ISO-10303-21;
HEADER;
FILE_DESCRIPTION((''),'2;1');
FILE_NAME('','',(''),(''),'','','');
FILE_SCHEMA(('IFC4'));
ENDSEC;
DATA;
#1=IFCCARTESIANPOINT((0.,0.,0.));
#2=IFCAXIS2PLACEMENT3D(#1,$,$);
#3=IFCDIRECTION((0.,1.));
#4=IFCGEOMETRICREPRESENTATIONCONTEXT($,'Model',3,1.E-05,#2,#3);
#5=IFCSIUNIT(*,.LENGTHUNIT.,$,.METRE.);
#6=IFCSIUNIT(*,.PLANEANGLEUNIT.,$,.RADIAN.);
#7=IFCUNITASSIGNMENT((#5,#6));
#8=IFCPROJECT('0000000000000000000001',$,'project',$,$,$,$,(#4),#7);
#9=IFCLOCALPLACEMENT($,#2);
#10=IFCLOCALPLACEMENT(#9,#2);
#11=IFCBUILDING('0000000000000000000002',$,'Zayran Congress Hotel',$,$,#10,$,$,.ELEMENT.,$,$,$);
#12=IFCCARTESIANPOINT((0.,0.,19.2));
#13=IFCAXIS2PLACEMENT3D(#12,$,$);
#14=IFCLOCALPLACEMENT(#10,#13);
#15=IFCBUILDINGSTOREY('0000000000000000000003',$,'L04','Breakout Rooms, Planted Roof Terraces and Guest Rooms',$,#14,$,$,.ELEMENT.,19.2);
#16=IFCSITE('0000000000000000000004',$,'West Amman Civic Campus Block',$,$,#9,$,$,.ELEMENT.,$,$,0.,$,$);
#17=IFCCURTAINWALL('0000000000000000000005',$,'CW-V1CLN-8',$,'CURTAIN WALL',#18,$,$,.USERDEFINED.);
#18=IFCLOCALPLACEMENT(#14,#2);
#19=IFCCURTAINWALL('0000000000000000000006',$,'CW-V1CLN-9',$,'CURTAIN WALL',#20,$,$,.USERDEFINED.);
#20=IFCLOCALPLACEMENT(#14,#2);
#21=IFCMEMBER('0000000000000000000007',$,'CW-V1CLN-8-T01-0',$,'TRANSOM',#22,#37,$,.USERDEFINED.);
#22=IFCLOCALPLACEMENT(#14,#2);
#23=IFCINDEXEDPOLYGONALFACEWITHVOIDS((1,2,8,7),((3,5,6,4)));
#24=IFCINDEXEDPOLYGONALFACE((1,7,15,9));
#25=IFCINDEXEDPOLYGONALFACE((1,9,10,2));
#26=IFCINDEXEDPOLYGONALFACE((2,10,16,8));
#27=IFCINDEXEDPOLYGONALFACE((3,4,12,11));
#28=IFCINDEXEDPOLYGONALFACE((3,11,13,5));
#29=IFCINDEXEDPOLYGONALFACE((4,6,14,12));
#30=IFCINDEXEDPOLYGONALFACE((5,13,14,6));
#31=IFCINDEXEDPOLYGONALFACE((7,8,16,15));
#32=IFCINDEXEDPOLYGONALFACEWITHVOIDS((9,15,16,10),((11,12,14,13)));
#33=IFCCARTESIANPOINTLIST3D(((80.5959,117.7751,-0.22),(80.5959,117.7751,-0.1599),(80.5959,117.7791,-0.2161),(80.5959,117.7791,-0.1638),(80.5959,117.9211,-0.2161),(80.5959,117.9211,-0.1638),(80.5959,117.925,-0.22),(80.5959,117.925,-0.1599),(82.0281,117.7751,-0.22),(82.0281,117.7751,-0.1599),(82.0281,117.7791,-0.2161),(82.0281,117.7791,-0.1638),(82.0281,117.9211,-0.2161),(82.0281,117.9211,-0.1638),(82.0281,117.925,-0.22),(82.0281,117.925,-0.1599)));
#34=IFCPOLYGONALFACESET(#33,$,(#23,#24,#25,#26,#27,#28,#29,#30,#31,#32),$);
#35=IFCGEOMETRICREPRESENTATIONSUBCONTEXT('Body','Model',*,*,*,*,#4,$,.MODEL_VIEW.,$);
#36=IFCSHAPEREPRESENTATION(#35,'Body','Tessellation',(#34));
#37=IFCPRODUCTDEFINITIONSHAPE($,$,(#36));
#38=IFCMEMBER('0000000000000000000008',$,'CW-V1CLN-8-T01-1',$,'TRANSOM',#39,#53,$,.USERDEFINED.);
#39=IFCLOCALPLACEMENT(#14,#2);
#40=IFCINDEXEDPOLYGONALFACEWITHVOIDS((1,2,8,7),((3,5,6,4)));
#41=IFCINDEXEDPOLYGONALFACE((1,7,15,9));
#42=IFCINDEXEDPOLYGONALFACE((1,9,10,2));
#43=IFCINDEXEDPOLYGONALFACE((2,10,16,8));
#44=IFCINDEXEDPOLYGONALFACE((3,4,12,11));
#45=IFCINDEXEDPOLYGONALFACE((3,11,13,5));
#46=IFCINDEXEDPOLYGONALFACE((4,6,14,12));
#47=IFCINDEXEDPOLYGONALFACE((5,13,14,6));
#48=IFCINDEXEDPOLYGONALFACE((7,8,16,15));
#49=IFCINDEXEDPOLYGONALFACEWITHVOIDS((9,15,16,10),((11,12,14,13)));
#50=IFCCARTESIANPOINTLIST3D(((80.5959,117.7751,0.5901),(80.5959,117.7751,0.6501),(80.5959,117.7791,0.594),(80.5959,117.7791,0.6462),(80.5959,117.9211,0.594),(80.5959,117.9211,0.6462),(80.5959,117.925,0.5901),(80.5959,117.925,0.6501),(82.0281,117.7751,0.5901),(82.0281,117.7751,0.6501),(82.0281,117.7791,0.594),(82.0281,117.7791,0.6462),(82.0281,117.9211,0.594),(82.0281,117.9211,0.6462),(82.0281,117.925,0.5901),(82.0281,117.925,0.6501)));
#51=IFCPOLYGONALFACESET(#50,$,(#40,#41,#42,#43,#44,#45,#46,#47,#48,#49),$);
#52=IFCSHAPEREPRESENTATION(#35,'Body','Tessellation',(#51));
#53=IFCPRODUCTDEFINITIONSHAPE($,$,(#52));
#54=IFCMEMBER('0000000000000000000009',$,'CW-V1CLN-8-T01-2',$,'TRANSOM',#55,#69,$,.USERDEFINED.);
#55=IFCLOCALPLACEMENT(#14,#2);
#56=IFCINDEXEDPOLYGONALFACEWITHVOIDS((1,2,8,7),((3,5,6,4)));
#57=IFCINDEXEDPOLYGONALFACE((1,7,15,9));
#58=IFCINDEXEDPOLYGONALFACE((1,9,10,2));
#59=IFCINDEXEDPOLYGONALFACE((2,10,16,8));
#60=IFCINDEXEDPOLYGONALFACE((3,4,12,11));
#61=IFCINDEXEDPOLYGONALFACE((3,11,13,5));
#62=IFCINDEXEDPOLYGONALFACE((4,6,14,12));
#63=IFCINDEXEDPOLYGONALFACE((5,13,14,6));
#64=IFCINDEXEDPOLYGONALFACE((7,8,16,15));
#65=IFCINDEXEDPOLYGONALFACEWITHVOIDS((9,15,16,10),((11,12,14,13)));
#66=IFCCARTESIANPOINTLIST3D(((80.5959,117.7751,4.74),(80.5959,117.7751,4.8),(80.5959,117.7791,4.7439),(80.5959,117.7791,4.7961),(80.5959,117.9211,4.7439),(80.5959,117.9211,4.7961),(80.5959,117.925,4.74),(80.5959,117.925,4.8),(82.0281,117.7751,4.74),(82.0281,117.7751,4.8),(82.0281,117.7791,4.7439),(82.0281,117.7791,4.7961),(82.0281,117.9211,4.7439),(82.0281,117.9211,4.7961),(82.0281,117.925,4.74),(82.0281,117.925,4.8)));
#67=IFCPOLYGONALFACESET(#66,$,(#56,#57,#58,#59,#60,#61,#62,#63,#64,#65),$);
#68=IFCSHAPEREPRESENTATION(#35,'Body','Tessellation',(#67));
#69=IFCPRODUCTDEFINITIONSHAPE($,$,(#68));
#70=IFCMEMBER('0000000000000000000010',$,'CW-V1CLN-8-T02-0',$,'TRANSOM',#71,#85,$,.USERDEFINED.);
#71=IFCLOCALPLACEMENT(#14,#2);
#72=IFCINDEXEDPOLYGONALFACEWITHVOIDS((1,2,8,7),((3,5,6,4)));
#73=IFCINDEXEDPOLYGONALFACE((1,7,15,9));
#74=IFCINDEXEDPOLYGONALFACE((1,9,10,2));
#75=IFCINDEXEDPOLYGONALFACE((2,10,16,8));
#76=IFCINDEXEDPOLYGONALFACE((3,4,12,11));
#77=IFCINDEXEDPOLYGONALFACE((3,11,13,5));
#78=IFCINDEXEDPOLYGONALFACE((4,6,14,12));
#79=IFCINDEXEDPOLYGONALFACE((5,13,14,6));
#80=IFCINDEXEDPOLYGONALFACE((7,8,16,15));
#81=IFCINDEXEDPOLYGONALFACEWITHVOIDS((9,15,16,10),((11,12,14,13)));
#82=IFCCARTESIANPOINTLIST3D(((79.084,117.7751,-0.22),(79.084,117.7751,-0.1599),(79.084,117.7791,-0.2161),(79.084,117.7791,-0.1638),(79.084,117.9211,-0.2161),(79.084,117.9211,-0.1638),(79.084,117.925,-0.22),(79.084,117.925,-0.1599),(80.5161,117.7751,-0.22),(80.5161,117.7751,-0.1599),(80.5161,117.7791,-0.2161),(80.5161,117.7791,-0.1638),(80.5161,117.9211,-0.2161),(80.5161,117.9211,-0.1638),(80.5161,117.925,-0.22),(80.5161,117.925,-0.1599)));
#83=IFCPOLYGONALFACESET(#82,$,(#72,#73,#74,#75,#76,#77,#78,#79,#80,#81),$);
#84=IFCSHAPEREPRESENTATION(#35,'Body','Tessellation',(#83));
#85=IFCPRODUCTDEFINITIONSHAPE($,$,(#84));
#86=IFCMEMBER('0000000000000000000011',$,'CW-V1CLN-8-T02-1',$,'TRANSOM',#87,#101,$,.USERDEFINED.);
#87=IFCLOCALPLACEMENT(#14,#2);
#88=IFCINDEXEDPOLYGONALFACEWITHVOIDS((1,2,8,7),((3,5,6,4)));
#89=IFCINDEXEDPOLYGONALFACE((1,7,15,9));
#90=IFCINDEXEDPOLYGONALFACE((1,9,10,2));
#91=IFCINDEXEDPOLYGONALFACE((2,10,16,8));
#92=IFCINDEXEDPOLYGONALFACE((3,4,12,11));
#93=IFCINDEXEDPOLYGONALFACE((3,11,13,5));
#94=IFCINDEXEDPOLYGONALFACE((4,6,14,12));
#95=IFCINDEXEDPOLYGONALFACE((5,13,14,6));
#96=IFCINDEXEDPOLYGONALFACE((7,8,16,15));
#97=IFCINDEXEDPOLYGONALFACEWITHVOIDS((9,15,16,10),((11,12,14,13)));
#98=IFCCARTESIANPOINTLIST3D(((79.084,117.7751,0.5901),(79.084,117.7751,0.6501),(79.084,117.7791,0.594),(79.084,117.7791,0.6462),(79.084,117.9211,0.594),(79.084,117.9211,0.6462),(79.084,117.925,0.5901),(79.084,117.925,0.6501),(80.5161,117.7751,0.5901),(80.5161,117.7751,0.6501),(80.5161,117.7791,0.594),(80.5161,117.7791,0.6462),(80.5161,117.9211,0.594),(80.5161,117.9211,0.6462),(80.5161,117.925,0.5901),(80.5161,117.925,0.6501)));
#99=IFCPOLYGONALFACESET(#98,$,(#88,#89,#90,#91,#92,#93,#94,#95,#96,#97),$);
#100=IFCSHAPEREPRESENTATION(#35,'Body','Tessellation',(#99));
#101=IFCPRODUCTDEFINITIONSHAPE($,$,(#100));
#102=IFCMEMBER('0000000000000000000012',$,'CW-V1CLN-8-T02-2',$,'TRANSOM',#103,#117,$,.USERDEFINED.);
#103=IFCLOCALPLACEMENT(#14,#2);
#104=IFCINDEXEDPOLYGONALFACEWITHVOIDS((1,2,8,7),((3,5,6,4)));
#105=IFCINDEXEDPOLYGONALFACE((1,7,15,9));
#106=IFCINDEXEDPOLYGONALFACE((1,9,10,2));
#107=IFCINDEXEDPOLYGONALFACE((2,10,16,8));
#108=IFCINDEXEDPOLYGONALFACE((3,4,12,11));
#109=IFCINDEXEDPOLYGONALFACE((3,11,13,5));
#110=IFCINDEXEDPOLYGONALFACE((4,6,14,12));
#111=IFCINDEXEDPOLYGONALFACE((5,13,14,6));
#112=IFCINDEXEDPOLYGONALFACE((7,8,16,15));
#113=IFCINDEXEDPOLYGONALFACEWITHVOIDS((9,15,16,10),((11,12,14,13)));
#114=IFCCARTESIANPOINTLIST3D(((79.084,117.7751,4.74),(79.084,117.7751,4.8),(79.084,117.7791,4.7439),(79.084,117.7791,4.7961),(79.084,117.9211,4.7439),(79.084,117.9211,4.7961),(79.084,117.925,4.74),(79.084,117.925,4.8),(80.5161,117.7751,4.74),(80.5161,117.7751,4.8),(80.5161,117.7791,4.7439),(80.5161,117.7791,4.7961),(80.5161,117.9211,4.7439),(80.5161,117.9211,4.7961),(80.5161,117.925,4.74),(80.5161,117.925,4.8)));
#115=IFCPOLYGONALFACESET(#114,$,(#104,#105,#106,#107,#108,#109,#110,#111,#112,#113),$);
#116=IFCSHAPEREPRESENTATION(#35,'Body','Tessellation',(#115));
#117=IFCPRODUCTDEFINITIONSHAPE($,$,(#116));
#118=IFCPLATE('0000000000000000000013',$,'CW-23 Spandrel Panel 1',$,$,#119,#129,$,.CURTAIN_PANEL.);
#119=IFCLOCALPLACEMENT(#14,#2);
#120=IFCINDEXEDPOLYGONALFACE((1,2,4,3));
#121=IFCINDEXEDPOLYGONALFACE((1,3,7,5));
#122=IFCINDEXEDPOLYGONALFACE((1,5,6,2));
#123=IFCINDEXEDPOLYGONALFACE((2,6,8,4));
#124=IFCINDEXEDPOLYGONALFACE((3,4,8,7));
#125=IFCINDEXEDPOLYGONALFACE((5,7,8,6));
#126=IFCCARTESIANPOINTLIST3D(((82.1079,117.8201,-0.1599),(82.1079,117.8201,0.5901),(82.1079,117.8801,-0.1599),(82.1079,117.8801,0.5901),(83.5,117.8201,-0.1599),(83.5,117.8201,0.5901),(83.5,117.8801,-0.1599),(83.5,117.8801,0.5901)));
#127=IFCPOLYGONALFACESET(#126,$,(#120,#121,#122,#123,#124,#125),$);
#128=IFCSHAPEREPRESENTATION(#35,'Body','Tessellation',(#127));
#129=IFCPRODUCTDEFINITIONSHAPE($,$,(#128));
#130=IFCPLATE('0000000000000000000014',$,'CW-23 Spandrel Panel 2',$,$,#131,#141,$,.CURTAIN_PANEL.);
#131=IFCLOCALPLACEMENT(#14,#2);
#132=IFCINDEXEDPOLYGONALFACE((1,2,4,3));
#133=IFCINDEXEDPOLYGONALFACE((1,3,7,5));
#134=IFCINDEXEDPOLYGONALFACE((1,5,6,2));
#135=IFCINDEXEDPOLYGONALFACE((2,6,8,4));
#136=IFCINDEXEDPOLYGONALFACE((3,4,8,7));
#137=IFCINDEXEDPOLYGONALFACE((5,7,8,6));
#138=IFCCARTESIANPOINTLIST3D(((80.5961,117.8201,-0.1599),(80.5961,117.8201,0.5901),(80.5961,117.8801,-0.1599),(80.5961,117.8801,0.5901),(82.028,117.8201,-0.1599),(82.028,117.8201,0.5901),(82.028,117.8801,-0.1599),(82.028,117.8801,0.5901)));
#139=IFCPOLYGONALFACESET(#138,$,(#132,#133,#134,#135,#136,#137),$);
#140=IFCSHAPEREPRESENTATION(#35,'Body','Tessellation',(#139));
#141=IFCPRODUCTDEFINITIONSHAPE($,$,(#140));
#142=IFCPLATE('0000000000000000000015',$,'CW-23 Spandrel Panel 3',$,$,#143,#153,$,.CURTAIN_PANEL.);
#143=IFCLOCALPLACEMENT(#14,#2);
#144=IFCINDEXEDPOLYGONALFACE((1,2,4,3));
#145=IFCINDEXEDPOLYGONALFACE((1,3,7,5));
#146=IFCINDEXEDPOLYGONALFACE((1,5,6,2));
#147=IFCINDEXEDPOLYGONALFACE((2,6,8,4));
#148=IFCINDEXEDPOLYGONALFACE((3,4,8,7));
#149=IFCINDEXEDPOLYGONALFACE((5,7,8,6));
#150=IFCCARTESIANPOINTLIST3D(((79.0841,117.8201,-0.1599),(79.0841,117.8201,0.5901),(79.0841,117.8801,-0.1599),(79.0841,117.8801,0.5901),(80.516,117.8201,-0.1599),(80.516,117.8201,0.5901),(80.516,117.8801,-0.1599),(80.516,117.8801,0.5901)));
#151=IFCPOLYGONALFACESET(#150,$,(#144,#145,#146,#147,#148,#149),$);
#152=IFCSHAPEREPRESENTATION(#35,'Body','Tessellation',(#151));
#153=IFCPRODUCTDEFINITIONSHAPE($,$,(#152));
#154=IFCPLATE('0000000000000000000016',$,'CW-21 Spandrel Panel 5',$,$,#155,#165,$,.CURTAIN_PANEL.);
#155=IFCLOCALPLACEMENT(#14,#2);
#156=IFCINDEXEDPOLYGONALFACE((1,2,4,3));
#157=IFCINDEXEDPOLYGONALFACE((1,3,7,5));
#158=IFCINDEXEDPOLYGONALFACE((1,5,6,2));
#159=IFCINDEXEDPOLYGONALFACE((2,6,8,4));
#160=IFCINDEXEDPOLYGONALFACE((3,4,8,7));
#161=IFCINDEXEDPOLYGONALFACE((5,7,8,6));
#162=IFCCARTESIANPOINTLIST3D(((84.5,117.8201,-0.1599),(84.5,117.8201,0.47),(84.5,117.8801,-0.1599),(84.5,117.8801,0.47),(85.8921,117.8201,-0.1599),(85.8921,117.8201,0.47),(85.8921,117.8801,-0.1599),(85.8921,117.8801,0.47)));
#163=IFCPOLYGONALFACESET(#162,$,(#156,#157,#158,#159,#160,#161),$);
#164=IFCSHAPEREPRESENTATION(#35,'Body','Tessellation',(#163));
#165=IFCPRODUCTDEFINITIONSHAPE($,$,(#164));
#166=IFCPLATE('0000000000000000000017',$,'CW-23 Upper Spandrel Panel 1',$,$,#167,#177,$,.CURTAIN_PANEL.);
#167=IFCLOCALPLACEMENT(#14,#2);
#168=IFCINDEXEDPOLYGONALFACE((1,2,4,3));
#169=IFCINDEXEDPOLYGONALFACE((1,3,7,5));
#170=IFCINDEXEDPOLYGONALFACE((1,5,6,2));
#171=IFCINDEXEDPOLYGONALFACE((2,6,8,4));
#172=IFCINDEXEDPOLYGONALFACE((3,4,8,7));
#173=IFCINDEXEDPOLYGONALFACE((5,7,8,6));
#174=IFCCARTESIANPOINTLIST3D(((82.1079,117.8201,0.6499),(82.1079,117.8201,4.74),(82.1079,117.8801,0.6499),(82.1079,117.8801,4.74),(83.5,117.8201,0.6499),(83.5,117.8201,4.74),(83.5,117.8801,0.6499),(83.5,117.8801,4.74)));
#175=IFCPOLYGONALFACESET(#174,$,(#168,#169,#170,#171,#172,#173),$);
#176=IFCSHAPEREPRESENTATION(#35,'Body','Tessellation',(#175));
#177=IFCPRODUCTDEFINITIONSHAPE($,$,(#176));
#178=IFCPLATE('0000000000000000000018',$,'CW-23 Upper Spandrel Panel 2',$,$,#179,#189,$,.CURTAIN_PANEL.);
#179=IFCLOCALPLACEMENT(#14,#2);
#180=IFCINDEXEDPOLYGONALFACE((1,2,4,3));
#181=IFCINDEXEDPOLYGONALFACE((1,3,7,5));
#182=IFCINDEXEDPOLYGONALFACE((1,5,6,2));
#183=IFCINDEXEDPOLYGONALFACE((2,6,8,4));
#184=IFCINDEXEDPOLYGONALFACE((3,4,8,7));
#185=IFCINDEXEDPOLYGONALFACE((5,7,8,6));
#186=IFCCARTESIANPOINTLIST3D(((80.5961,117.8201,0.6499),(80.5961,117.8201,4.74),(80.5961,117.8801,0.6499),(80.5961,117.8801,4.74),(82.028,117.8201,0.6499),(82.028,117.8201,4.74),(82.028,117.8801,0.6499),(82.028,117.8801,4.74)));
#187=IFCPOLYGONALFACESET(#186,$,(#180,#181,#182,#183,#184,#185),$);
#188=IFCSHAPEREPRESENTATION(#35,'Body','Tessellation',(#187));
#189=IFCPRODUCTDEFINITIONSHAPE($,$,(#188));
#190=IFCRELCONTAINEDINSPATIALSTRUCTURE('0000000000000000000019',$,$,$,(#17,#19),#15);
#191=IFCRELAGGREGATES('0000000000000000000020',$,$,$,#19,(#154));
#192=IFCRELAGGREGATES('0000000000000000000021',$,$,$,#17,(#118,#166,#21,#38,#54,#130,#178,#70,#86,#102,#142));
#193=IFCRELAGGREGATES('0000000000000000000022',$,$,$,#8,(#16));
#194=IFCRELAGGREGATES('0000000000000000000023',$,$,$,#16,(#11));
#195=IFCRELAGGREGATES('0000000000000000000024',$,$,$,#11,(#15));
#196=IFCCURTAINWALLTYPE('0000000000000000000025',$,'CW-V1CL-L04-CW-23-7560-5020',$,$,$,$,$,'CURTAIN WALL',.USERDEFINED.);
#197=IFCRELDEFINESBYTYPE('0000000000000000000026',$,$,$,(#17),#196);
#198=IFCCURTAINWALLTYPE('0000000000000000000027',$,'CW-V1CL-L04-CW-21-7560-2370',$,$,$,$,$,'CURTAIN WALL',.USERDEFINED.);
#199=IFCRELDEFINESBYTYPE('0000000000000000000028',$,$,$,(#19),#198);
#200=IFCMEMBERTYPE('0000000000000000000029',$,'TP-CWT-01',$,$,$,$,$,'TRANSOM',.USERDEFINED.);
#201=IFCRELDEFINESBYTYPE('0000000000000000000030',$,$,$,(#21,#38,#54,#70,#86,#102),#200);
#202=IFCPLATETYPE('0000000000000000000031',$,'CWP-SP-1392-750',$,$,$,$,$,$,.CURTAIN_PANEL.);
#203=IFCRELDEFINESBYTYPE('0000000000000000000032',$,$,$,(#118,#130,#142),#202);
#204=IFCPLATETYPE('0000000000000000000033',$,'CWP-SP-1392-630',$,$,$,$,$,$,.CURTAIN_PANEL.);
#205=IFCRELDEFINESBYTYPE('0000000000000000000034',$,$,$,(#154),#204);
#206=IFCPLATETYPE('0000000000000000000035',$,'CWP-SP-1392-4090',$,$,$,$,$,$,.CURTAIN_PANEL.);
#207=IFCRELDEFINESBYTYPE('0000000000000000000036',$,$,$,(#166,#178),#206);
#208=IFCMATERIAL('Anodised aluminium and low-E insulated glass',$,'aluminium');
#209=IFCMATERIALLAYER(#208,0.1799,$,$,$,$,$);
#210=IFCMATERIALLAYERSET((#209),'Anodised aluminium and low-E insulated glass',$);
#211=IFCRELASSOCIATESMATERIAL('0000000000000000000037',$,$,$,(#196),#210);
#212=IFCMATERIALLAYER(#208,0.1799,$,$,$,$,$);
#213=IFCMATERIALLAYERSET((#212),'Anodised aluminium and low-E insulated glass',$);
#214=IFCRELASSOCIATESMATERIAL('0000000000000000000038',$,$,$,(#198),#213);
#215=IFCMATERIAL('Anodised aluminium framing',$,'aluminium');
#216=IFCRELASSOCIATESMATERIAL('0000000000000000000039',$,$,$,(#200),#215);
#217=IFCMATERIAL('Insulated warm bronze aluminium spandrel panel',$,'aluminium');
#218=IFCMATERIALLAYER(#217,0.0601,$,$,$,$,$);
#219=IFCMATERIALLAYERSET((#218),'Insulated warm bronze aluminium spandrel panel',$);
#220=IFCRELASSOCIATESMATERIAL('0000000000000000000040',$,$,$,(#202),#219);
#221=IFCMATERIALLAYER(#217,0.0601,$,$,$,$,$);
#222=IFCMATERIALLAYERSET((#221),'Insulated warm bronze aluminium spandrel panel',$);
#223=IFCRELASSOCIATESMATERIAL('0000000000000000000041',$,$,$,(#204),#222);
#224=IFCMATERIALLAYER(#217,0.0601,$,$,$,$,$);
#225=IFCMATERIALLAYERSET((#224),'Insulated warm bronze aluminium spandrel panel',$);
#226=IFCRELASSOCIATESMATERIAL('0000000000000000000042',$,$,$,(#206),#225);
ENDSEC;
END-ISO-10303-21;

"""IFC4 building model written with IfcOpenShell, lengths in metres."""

from ifc_helpers import new_model, si_unit, direction, frame, origin, origin_2d, place, context, subcontext, project, spatial, rectangle, hollow_rectangle, extrude, material, layer, layer_set, material_profile, profile_set, type_object, element, aggregate, save


model = new_model("IFC4")

# Units and contexts
model_context = context("Model", 3, precision=1e-05, world=origin(), true_north=direction((0.0, 1.0)))
body_context = subcontext(model_context, "Body", "Model", "MODEL_VIEW")
ifc_project = project(units=[si_unit("LENGTHUNIT", "METRE"), si_unit("PLANEANGLEUNIT", "RADIAN")], contexts=[model_context])

# Site, building, storey
site_placement = place(None, origin())
site = spatial("IfcSite", under=ifc_project, at=site_placement, Name="West Amman Civic Campus Block", CompositionType="ELEMENT", RefElevation=0.0)
building_placement = place(site_placement, origin())
building = spatial("IfcBuilding", under=site, at=building_placement, Name="Zayran Congress Hotel", CompositionType="ELEMENT")
storey_placement = place(building_placement, frame((0.0, 0.0, 19.2)))
storey = spatial("IfcBuildingStorey", under=building, at=storey_placement, Name="L04", Description="Breakout Rooms, Planted Roof Terraces and Guest Rooms", CompositionType="ELEMENT", Elevation=19.2)

# Curtain wall
ifc_material_1 = material(Name="Anodised aluminium and low-E insulated glass", Category="aluminium")
ifc_layer_1 = layer(ifc_material_1, 0.1799)
ifc_layer_set_1 = layer_set([ifc_layer_1], Name="Anodised aluminium and low-E insulated glass")
curtain_wall_type_1 = type_object("IfcCurtainWallType", Name="CW-V1CL-L04-CW-23-7560-5020", ElementType="CURTAIN WALL", PredefinedType="USERDEFINED", material=ifc_layer_set_1)
curtain_wall_1_placement = place(storey_placement, origin())
curtain_wall_1 = element("IfcCurtainWall", 1, at=curtain_wall_1_placement, inside=storey, type_object=curtain_wall_type_1, Name="CW-V1CLN-8", ObjectType="CURTAIN WALL", PredefinedType="USERDEFINED")
ifc_material_2 = material(Name="Anodised aluminium framing", Category="aluminium")

# Curtain wall
ifc_layer_2 = layer(ifc_material_1, 0.1799)
ifc_layer_set_2 = layer_set([ifc_layer_2], Name="Anodised aluminium and low-E insulated glass")
curtain_wall_type_2 = type_object("IfcCurtainWallType", Name="CW-V1CL-L04-CW-21-7560-2370", ElementType="CURTAIN WALL", PredefinedType="USERDEFINED", material=ifc_layer_set_2)
curtain_wall_2_placement = place(storey_placement, origin())
curtain_wall_2 = element("IfcCurtainWall", 2, at=curtain_wall_2_placement, inside=storey, type_object=curtain_wall_type_2, Name="CW-V1CLN-9", ObjectType="CURTAIN WALL", PredefinedType="USERDEFINED")

# Members
ifc_material_profile_1 = material_profile(ifc_material_2, hollow_rectangle(XDim=0.0601, YDim=0.1499, WallThickness=0.0039, at=origin_2d()), Name="RHS 150x60x4")
ifc_profile_set_1 = profile_set([ifc_material_profile_1], Name="Anodised aluminium framing")
member_type_1 = type_object("IfcMemberType", Name="TP-CWT-01", ElementType="TRANSOM", PredefinedType="USERDEFINED", material=ifc_profile_set_1)
member_1_placement = place(storey_placement, frame((82.0281, 117.8501, -0.1899), z_axis=(-1.0, 0.0, 0.0), x_axis=(0.0, 0.0, 1.0)))
member_1 = element("IfcMember", 3, at=member_1_placement, type_object=member_type_1, Name="CW-V1CLN-8-T01-0", ObjectType="TRANSOM", PredefinedType="USERDEFINED", context=body_context, shape_type="SweptSolid", body=[
    extrude(hollow_rectangle(XDim=0.0601, YDim=0.1499, WallThickness=0.0039, at=origin_2d()), origin(), (0.0, 0.0, 1.0), 1.4321),
])
member_2_placement = place(storey_placement, frame((82.0281, 117.8501, 0.6201), z_axis=(-1.0, 0.0, 0.0), x_axis=(0.0, 0.0, 1.0)))
member_2 = element("IfcMember", 4, at=member_2_placement, type_object=member_type_1, Name="CW-V1CLN-8-T01-1", ObjectType="TRANSOM", PredefinedType="USERDEFINED", context=body_context, shape_type="SweptSolid", body=[
    extrude(hollow_rectangle(XDim=0.0601, YDim=0.1499, WallThickness=0.0039, at=origin_2d()), origin(), (0.0, 0.0, 1.0), 1.4321),
])
member_3_placement = place(storey_placement, frame((82.0281, 117.8501, 4.77), z_axis=(-1.0, 0.0, 0.0), x_axis=(0.0, 0.0, 1.0)))
member_3 = element("IfcMember", 5, at=member_3_placement, type_object=member_type_1, Name="CW-V1CLN-8-T01-2", ObjectType="TRANSOM", PredefinedType="USERDEFINED", context=body_context, shape_type="SweptSolid", body=[
    extrude(hollow_rectangle(XDim=0.0601, YDim=0.1499, WallThickness=0.0039, at=origin_2d()), origin(), (0.0, 0.0, 1.0), 1.4321),
])
member_4_placement = place(storey_placement, frame((80.5161, 117.8501, -0.1899), z_axis=(-1.0, 0.0, 0.0), x_axis=(0.0, 0.0, 1.0)))
member_4 = element("IfcMember", 6, at=member_4_placement, type_object=member_type_1, Name="CW-V1CLN-8-T02-0", ObjectType="TRANSOM", PredefinedType="USERDEFINED", context=body_context, shape_type="SweptSolid", body=[
    extrude(hollow_rectangle(XDim=0.0601, YDim=0.1499, WallThickness=0.0039, at=origin_2d()), origin(), (0.0, 0.0, 1.0), 1.4321),
])
member_5_placement = place(storey_placement, frame((80.5161, 117.8501, 0.6201), z_axis=(-1.0, 0.0, 0.0), x_axis=(0.0, 0.0, 1.0)))
member_5 = element("IfcMember", 7, at=member_5_placement, type_object=member_type_1, Name="CW-V1CLN-8-T02-1", ObjectType="TRANSOM", PredefinedType="USERDEFINED", context=body_context, shape_type="SweptSolid", body=[
    extrude(hollow_rectangle(XDim=0.0601, YDim=0.1499, WallThickness=0.0039, at=origin_2d()), origin(), (0.0, 0.0, 1.0), 1.4321),
])
member_6_placement = place(storey_placement, frame((80.5161, 117.8501, 4.77), z_axis=(-1.0, 0.0, 0.0), x_axis=(0.0, 0.0, 1.0)))
member_6 = element("IfcMember", 8, at=member_6_placement, type_object=member_type_1, Name="CW-V1CLN-8-T02-2", ObjectType="TRANSOM", PredefinedType="USERDEFINED", context=body_context, shape_type="SweptSolid", body=[
    extrude(hollow_rectangle(XDim=0.0601, YDim=0.1499, WallThickness=0.0039, at=origin_2d()), origin(), (0.0, 0.0, 1.0), 1.4321),
])

# Plates
ifc_material_3 = material(Name="Insulated warm bronze aluminium spandrel panel", Category="aluminium")
ifc_layer_3 = layer(ifc_material_3, 0.0601)
ifc_layer_set_3 = layer_set([ifc_layer_3], Name="Insulated warm bronze aluminium spandrel panel")
plate_type_1 = type_object("IfcPlateType", Name="CWP-SP-1392-750", PredefinedType="CURTAIN_PANEL", material=ifc_layer_set_3)
plate_1_placement = place(storey_placement, frame((82.804, 117.8501, -0.1599), z_axis=(0.0, 0.0, 1.0), x_axis=(1.0, 0.0, 0.0)))
plate_1 = element("IfcPlate", 9, at=plate_1_placement, type_object=plate_type_1, Name="CW-23 Spandrel Panel 1", PredefinedType="CURTAIN_PANEL", context=body_context, shape_type="SweptSolid", body=[
    extrude(rectangle(XDim=1.3921, YDim=0.0601, at=origin_2d()), origin(), (0.0, 0.0, 1.0), 0.75),
])
plate_2_placement = place(storey_placement, frame((81.312, 117.8501, -0.1599), z_axis=(0.0, 0.0, 1.0), x_axis=(1.0, 0.0, 0.0)))
plate_2 = element("IfcPlate", 10, at=plate_2_placement, type_object=plate_type_1, Name="CW-23 Spandrel Panel 2", PredefinedType="CURTAIN_PANEL", context=body_context, shape_type="SweptSolid", body=[
    extrude(rectangle(XDim=1.4319, YDim=0.0601, at=origin_2d()), origin(), (0.0, 0.0, 1.0), 0.75),
])
plate_3_placement = place(storey_placement, frame((79.8, 117.8501, -0.1599), z_axis=(0.0, 0.0, 1.0), x_axis=(1.0, 0.0, 0.0)))
plate_3 = element("IfcPlate", 11, at=plate_3_placement, type_object=plate_type_1, Name="CW-23 Spandrel Panel 3", PredefinedType="CURTAIN_PANEL", context=body_context, shape_type="SweptSolid", body=[
    extrude(rectangle(XDim=1.4319, YDim=0.0601, at=origin_2d()), origin(), (0.0, 0.0, 1.0), 0.75),
])
ifc_layer_4 = layer(ifc_material_3, 0.0601)
ifc_layer_set_4 = layer_set([ifc_layer_4], Name="Insulated warm bronze aluminium spandrel panel")
plate_type_2 = type_object("IfcPlateType", Name="CWP-SP-1392-630", PredefinedType="CURTAIN_PANEL", material=ifc_layer_set_4)
plate_4_placement = place(storey_placement, frame((85.196, 117.8501, -0.1599), z_axis=(0.0, 0.0, 1.0), x_axis=(1.0, 0.0, 0.0)))
plate_4 = element("IfcPlate", 12, at=plate_4_placement, type_object=plate_type_2, Name="CW-21 Spandrel Panel 5", PredefinedType="CURTAIN_PANEL", context=body_context, shape_type="SweptSolid", body=[
    extrude(rectangle(XDim=1.3921, YDim=0.0601, at=origin_2d()), origin(), (0.0, 0.0, 1.0), 0.6299),
])
aggregate(curtain_wall_2, [plate_4])
ifc_layer_5 = layer(ifc_material_3, 0.0601)
ifc_layer_set_5 = layer_set([ifc_layer_5], Name="Insulated warm bronze aluminium spandrel panel")
plate_type_3 = type_object("IfcPlateType", Name="CWP-SP-1392-4090", PredefinedType="CURTAIN_PANEL", material=ifc_layer_set_5)
plate_5_placement = place(storey_placement, frame((82.804, 117.8501, 0.6499), z_axis=(0.0, 0.0, 1.0), x_axis=(1.0, 0.0, 0.0)))
plate_5 = element("IfcPlate", 13, at=plate_5_placement, type_object=plate_type_3, Name="CW-23 Upper Spandrel Panel 1", PredefinedType="CURTAIN_PANEL", context=body_context, shape_type="SweptSolid", body=[
    extrude(rectangle(XDim=1.3921, YDim=0.0601, at=origin_2d()), origin(), (0.0, 0.0, 1.0), 4.0901),
])
plate_6_placement = place(storey_placement, frame((81.312, 117.8501, 0.6499), z_axis=(0.0, 0.0, 1.0), x_axis=(1.0, 0.0, 0.0)))
plate_6 = element("IfcPlate", 14, at=plate_6_placement, type_object=plate_type_3, Name="CW-23 Upper Spandrel Panel 2", PredefinedType="CURTAIN_PANEL", context=body_context, shape_type="SweptSolid", body=[
    extrude(rectangle(XDim=1.4319, YDim=0.0601, at=origin_2d()), origin(), (0.0, 0.0, 1.0), 4.0901),
])
aggregate(curtain_wall_1, [plate_1, plate_5, member_1, member_2, member_3, plate_2, plate_6, member_4, member_5, member_6, plate_3])

save(model, "model.ifc")
